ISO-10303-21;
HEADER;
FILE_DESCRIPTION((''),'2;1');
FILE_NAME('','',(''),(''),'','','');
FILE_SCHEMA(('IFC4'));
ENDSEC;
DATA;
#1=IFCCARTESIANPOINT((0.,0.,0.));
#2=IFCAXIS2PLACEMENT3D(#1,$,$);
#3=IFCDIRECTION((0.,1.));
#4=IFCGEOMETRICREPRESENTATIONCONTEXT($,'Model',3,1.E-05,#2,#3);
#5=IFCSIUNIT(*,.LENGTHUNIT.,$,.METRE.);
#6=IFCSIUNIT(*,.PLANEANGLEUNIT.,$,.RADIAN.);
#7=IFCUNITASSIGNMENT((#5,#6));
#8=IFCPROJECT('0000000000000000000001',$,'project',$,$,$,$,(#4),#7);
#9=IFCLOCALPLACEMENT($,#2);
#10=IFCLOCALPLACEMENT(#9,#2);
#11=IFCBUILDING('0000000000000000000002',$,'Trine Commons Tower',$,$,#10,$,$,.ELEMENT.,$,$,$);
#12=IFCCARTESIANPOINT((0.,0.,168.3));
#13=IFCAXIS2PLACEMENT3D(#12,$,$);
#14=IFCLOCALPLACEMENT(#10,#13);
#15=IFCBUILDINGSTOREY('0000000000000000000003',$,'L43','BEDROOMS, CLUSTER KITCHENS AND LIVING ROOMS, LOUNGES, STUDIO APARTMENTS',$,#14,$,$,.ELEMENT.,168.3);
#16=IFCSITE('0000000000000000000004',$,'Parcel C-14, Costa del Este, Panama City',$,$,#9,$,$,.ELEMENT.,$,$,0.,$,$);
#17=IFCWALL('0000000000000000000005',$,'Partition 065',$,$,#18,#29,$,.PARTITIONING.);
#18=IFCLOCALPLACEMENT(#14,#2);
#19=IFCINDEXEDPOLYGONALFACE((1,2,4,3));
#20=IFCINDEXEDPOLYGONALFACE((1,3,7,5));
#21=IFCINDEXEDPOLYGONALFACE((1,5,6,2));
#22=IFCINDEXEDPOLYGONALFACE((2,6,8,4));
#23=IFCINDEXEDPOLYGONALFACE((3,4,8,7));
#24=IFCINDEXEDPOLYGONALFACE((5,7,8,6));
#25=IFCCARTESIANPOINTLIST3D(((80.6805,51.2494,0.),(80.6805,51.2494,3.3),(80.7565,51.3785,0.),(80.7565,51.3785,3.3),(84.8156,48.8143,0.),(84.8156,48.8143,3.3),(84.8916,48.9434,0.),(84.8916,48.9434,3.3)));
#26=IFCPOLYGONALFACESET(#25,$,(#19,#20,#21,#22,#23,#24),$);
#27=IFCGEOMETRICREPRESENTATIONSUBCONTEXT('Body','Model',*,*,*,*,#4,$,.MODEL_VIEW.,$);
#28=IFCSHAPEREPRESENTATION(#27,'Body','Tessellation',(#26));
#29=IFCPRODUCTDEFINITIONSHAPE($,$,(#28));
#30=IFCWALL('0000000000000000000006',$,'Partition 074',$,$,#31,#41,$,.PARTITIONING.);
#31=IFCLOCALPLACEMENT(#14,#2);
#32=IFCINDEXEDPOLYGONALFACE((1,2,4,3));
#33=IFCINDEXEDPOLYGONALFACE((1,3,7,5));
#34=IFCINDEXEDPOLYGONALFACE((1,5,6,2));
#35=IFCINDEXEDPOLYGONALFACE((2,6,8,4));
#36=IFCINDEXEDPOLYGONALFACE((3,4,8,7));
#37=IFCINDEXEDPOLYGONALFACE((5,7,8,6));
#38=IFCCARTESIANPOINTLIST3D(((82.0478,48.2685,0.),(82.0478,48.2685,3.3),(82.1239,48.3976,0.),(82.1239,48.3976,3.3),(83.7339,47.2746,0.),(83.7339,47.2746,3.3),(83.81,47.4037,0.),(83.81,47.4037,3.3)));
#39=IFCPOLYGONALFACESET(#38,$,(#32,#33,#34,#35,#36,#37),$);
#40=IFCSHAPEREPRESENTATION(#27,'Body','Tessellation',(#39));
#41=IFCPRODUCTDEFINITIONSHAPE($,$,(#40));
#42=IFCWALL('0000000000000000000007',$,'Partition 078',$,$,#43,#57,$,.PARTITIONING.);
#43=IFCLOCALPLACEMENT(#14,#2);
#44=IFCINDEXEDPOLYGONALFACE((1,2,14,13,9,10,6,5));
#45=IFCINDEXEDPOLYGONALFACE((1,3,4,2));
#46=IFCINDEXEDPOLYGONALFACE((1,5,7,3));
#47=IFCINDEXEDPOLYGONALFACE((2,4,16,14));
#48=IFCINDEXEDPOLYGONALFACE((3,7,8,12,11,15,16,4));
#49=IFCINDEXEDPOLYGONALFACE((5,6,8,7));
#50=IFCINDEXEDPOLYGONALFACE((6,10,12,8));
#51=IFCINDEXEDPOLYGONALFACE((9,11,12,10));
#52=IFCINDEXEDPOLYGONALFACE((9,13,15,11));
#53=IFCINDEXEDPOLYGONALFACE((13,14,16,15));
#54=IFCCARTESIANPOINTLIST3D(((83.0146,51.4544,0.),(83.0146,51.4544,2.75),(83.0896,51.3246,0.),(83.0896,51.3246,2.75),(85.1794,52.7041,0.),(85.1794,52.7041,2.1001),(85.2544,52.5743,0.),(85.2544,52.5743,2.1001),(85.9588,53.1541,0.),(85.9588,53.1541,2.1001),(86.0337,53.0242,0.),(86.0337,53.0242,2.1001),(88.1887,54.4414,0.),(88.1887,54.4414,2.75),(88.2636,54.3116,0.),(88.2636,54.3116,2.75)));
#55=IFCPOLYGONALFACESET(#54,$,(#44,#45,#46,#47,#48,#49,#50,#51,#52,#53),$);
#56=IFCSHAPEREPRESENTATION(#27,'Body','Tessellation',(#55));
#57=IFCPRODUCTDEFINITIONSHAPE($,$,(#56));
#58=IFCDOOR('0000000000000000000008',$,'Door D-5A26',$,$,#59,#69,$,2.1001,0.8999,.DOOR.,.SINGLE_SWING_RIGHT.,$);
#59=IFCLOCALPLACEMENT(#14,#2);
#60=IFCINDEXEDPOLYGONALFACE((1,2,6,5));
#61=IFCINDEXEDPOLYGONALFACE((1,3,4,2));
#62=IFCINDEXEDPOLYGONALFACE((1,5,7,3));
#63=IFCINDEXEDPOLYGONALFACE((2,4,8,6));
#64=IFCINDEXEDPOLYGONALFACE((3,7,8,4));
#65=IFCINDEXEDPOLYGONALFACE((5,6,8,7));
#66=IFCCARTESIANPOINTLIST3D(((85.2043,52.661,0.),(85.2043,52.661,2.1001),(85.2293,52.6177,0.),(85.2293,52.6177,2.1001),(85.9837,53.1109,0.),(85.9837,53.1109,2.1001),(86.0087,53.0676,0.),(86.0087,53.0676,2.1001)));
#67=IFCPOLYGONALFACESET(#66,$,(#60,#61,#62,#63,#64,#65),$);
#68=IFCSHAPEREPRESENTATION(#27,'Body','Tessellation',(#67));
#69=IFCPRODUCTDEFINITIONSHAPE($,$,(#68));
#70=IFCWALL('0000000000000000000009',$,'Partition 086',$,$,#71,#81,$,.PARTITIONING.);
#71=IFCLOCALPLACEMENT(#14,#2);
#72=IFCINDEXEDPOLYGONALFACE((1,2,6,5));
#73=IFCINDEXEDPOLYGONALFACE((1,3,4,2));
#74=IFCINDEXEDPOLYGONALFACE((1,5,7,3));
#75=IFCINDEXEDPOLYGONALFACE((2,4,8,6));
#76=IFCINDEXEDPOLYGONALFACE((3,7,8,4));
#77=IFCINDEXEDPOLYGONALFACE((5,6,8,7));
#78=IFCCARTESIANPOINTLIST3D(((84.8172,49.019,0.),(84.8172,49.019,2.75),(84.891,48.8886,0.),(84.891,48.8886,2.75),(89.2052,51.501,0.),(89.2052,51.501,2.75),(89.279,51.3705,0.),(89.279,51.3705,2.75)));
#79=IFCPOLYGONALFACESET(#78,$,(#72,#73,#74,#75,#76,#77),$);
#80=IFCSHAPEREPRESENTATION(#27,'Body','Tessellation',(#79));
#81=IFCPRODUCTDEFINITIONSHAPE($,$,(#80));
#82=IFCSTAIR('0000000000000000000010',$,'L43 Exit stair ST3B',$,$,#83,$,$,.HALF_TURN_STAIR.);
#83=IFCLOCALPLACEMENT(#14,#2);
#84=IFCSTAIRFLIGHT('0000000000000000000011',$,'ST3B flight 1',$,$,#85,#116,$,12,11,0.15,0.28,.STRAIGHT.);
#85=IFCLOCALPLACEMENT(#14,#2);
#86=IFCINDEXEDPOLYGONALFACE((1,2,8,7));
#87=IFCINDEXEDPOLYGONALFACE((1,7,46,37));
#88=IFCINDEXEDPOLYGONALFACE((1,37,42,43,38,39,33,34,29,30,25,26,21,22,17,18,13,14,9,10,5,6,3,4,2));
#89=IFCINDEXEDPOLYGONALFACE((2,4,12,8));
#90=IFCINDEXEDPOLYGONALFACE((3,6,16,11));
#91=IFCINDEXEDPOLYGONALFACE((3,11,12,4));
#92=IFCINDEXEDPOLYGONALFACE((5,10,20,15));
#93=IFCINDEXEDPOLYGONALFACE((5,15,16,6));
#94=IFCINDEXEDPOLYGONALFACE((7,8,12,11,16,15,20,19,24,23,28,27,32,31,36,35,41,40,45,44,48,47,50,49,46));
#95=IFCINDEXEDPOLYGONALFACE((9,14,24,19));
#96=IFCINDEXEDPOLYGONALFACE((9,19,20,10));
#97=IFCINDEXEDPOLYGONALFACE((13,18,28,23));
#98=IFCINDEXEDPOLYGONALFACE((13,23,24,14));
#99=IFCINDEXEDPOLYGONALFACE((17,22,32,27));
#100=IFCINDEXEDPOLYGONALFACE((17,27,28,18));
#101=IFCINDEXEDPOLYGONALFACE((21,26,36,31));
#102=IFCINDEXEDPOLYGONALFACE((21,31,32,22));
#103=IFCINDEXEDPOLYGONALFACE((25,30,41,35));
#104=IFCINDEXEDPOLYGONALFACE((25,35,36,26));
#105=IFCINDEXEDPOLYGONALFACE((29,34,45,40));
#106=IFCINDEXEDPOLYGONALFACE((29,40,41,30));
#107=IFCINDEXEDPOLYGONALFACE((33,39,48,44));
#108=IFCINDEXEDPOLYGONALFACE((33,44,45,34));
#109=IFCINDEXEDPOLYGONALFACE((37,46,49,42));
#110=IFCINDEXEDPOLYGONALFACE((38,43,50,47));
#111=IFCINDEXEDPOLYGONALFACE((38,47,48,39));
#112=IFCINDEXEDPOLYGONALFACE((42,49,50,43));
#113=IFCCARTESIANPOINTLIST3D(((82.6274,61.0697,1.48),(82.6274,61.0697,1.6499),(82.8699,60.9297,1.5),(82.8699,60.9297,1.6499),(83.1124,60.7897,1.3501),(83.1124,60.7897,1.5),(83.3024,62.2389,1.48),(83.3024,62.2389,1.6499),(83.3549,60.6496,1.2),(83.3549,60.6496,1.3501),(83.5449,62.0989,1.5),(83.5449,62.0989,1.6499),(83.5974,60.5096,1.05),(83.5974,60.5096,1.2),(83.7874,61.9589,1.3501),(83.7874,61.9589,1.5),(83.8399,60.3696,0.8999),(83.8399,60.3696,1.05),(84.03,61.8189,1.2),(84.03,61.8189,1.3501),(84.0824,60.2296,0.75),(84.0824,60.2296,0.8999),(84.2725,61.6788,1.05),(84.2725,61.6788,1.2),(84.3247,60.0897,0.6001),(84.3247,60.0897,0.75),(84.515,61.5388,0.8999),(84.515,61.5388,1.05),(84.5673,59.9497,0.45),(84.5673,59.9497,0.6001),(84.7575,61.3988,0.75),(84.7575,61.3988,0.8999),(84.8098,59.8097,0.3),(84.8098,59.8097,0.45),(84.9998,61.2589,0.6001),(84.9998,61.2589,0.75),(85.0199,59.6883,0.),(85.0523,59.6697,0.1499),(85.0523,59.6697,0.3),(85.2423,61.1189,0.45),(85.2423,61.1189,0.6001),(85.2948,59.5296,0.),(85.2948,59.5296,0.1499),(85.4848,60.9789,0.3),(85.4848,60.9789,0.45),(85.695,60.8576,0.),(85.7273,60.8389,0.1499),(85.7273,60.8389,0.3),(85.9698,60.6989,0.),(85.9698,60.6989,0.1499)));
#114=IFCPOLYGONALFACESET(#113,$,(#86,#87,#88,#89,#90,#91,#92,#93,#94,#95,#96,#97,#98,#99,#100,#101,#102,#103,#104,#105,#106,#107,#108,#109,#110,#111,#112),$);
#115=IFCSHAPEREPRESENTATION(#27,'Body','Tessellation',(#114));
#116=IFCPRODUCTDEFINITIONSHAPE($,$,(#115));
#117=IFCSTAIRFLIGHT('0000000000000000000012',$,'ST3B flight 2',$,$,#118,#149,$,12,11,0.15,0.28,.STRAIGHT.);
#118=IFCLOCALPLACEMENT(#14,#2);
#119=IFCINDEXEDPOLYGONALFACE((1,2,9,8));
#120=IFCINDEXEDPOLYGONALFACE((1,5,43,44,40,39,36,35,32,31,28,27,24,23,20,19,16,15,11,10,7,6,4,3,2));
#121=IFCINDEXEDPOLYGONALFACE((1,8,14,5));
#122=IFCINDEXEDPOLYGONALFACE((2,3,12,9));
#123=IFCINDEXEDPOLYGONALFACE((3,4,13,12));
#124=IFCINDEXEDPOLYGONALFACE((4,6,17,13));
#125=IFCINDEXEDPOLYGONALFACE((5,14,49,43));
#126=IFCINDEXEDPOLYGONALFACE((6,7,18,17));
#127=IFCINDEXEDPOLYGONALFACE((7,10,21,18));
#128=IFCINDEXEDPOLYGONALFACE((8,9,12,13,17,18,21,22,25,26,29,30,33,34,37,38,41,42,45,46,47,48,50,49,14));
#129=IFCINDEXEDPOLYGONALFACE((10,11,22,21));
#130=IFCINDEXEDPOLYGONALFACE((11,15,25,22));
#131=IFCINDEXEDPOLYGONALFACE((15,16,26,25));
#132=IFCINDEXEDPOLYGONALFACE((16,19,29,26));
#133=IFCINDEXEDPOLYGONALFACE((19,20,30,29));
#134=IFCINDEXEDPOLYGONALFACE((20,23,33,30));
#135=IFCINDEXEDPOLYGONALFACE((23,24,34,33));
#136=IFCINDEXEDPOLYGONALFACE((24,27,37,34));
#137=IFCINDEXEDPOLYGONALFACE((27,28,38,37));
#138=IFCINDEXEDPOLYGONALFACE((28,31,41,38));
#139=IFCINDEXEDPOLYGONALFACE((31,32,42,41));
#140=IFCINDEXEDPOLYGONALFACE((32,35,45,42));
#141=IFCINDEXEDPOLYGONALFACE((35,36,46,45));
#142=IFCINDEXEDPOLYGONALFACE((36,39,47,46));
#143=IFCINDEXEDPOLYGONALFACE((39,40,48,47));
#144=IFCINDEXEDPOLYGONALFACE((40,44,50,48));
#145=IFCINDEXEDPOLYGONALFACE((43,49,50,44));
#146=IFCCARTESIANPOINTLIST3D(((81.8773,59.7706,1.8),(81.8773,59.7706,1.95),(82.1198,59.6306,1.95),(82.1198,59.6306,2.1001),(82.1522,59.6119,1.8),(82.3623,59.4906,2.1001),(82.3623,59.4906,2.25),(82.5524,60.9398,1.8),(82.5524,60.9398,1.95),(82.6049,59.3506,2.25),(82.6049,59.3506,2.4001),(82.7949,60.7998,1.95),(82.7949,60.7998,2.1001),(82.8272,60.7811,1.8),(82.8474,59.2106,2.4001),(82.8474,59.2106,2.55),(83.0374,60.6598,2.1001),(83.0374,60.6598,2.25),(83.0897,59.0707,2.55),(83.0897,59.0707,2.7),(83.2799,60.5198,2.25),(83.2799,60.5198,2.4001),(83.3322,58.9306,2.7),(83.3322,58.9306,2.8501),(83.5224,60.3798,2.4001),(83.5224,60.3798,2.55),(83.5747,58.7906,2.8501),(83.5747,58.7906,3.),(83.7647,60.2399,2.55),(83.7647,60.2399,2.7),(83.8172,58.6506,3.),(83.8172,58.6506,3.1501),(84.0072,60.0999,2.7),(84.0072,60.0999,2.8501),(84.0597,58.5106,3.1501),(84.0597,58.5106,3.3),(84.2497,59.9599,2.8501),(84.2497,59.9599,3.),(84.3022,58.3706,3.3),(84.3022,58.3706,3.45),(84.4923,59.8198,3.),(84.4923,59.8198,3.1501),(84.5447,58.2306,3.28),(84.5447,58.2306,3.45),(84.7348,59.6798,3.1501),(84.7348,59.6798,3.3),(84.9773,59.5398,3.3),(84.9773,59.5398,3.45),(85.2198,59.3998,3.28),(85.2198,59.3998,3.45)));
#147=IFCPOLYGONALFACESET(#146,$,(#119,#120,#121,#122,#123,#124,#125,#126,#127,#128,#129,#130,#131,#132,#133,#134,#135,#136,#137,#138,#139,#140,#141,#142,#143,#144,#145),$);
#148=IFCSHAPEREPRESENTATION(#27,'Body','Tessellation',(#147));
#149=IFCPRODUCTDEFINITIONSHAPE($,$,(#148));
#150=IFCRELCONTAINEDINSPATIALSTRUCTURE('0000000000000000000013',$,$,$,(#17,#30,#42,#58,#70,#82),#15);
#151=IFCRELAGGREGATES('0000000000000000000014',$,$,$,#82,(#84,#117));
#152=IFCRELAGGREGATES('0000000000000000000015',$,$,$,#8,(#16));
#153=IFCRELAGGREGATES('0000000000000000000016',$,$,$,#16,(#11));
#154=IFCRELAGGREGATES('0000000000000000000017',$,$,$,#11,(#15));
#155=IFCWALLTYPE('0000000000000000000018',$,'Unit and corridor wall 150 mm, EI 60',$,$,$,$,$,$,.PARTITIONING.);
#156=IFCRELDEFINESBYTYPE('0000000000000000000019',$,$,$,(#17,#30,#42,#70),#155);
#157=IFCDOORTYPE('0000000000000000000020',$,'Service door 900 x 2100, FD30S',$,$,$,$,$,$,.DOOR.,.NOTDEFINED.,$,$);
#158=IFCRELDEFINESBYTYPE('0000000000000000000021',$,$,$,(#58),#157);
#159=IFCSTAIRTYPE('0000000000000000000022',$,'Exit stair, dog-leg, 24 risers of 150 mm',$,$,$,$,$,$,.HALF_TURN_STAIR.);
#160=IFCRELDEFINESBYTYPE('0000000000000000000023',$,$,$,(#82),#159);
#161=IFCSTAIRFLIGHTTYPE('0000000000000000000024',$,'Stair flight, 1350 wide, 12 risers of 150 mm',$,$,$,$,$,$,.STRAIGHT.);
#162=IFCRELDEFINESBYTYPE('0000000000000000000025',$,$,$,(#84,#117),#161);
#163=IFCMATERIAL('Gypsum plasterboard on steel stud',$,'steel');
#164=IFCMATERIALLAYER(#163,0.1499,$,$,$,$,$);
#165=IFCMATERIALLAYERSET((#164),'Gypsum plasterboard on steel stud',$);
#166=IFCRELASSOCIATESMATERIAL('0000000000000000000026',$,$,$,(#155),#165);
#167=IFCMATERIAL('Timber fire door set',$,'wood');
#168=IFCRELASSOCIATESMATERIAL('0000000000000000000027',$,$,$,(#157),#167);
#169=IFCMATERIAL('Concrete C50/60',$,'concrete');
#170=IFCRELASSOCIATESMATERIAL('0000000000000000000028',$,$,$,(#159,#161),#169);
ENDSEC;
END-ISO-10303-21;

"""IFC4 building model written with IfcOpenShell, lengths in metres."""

from ifc_helpers import new_model, si_unit, direction, frame, frame_2d, origin, place, context, subcontext, project, spatial, polyline, rectangle, outline, extrude, material, layer, layer_set, type_object, element, fill, aggregate, save


model = new_model("IFC4")

# Units and contexts
model_context = context("Model", 3, precision=1e-05, world=origin(), true_north=direction((0.0, 1.0)))
body_context = subcontext(model_context, "Body", "Model", "MODEL_VIEW")
ifc_project = project(units=[si_unit("LENGTHUNIT", "METRE"), si_unit("PLANEANGLEUNIT", "RADIAN")], contexts=[model_context])

# Site, building, storey
site_placement = place(None, origin())
site = spatial("IfcSite", under=ifc_project, at=site_placement, Name="Parcel C-14, Costa del Este, Panama City", CompositionType="ELEMENT", RefElevation=0.0)
building_placement = place(site_placement, origin())
building = spatial("IfcBuilding", under=site, at=building_placement, Name="Trine Commons Tower", CompositionType="ELEMENT")
storey_placement = place(building_placement, frame((0.0, 0.0, 168.3)))
storey = spatial("IfcBuildingStorey", under=building, at=storey_placement, Name="L43", Description="BEDROOMS, CLUSTER KITCHENS AND LIVING ROOMS, LOUNGES, STUDIO APARTMENTS", CompositionType="ELEMENT", Elevation=168.3)

# Walls
ifc_material_1 = material(Name="Gypsum plasterboard on steel stud", Category="steel")
ifc_layer_1 = layer(ifc_material_1, 0.1499)
ifc_layer_set_1 = layer_set([ifc_layer_1], Name="Gypsum plasterboard on steel stud")
wall_type_1 = type_object("IfcWallType", Name="Unit and corridor wall 150 mm, EI 60", PredefinedType="PARTITIONING", material=ifc_layer_set_1)
wall_1_placement = place(storey_placement, frame((80.7185, 51.314, 0.0), z_axis=(0.0, 0.0, 1.0), x_axis=(0.861688, -0.507438, 0.0)))
element("IfcWall", 1, at=wall_1_placement, inside=storey, type_object=wall_type_1, Name="Partition 065", PredefinedType="PARTITIONING", context=body_context, shape_type="SweptSolid", body=[
    extrude(rectangle(XDim=4.7988, YDim=0.1499, at=frame_2d((2.3994, 0.0))), origin(), (0.0, 0.0, 1.0), 3.3),
])
wall_2_placement = place(storey_placement, frame((82.0859, 48.333, 0.0), z_axis=(0.0, 0.0, 1.0), x_axis=(0.861462, -0.507821, 0.0)))
element("IfcWall", 2, at=wall_2_placement, inside=storey, type_object=wall_type_1, Name="Partition 074", PredefinedType="PARTITIONING", context=body_context, shape_type="SweptSolid", body=[
    extrude(rectangle(XDim=1.9573, YDim=0.1499, at=frame_2d((0.9785, 0.0))), origin(), (0.0, 0.0, 1.0), 3.3),
])

# Wall, opening, door
wall_3_placement = place(storey_placement, frame((83.052, 51.3894, 0.0), z_axis=(0.0, 0.0, 1.0), x_axis=(0.866039, 0.499976, 0.0)))
wall_3 = element("IfcWall", 3, at=wall_3_placement, inside=storey, type_object=wall_type_1, Name="Partition 078", PredefinedType="PARTITIONING", context=body_context, shape_type="SweptSolid", body=[
    extrude(rectangle(XDim=5.9744, YDim=0.1499, at=frame_2d((2.9873, 0.0))), origin(), (0.0, 0.0, 1.0), 2.75),
])
opening_1_placement = place(wall_3_placement, frame((2.4998, 0.0, 0.0)))
opening_1 = element("IfcOpeningElement", 4, at=opening_1_placement, cuts=wall_3, PredefinedType="OPENING", context=body_context, shape_type="SweptSolid", body=[
    extrude(rectangle(XDim=0.8999, YDim=2.1001, at=frame_2d((0.45, 1.05))), frame((0.0, 0.085, 0.0), z_axis=(0.0, -1.0, 0.0), x_axis=(1.0, 0.0, 0.0)), (0.0, 0.0, 1.0), 0.1699),
])
ifc_material_2 = material(Name="Timber fire door set", Category="wood")
door_type_1 = type_object("IfcDoorType", Name="Service door 900 x 2100, FD30S", OperationType="NOTDEFINED", PredefinedType="DOOR", material=ifc_material_2)
door_1_placement = place(opening_1_placement, frame((0.8999, 0.0, 0.0), z_axis=(0.0, 0.0, 1.0), x_axis=(-1.0, 0.0, 0.0)))
door_1 = element("IfcDoor", 5, at=door_1_placement, inside=storey, type_object=door_type_1, Name="Door D-5A26", OperationType="SINGLE_SWING_RIGHT", OverallHeight=2.1001, OverallWidth=0.8999, PredefinedType="DOOR", context=body_context, shape_type="SweptSolid", body=[
    extrude(rectangle(XDim=0.8999, YDim=2.1001, at=frame_2d((0.45, 1.05))), frame((0.0, 0.0249, 0.0), z_axis=(0.0, -1.0, 0.0), x_axis=(1.0, 0.0, 0.0)), (0.0, 0.0, 1.0), 0.05),
])
fill(opening_1, door_1)

# Wall
wall_4_placement = place(storey_placement, frame((84.8542, 48.9539, 0.0), z_axis=(0.0, 0.0, 1.0), x_axis=(0.87041, 0.492327, 0.0)))
element("IfcWall", 6, at=wall_4_placement, inside=storey, type_object=wall_type_1, Name="Partition 086", PredefinedType="PARTITIONING", context=body_context, shape_type="SweptSolid", body=[
    extrude(rectangle(XDim=5.0413, YDim=0.1499, at=frame_2d((2.5205, 0.0))), origin(), (0.0, 0.0, 1.0), 2.75),
])

# Stair, stair flights
ifc_material_3 = material(Name="Concrete C50/60", Category="concrete")
stair_type = type_object("IfcStairType", Name="Exit stair, dog-leg, 24 risers of 150 mm", PredefinedType="HALF_TURN_STAIR", material=ifc_material_3)
stair_placement = place(storey_placement, origin())
stair = element("IfcStair", 7, at=stair_placement, inside=storey, type_object=stair_type, Name="L43 Exit stair ST3B", PredefinedType="HALF_TURN_STAIR")
stair_flight_type = type_object("IfcStairFlightType", Name="Stair flight, 1350 wide, 12 risers of 150 mm", PredefinedType="STRAIGHT", material=ifc_material_3)
stair_flight_1_placement = place(storey_placement, frame((85.6323, 60.1143, 0.0), z_axis=(0.0, 0.0, 1.0), x_axis=(-0.866025, 0.5, 0.0)))
stair_flight_1 = element("IfcStairFlight", 8, at=stair_flight_1_placement, type_object=stair_flight_type, Name="ST3B flight 1", NumberOfRisers=12, NumberOfTreads=11, PredefinedType="STRAIGHT", RiserHeight=0.15, TreadLength=0.28, context=body_context, shape_type="SweptSolid", body=[
    extrude(outline(polyline([(0.0, 0.0), (0.0, 0.1499), (0.28, 0.1499), (0.28, 0.3), (0.5601, 0.3), (0.5601, 0.45), (0.8401, 0.45), (0.8401, 0.6001), (1.1201, 0.6001), (1.1201, 0.75), (1.3999, 0.75), (1.3999, 0.8999), (1.6799, 0.8999), (1.6799, 1.05), (1.96, 1.05), (1.96, 1.2), (2.24, 1.2), (2.24, 1.3501), (2.52, 1.3501), (2.52, 1.5), (2.8, 1.5), (2.8, 1.6499), (3.0801, 1.6499), (3.0801, 1.8), (3.0801, 1.48), (0.3174, 0.0), (0.0, 0.0)])), frame((0.0, 0.675, 0.0), z_axis=(0.0, -1.0, 0.0), x_axis=(1.0, 0.0, 0.0)), (0.0, 0.0, 1.0), 1.3501),
])
stair_flight_2_placement = place(storey_placement, frame((82.2148, 60.3552, 1.8), z_axis=(0.0, 0.0, 1.0), x_axis=(0.866025, -0.5, 0.0)))
stair_flight_2 = element("IfcStairFlight", 9, at=stair_flight_2_placement, type_object=stair_flight_type, Name="ST3B flight 2", NumberOfRisers=12, NumberOfTreads=11, PredefinedType="STRAIGHT", RiserHeight=0.15, TreadLength=0.28, context=body_context, shape_type="SweptSolid", body=[
    extrude(outline(polyline([(0.0, 0.0), (0.0, 0.1499), (0.28, 0.1499), (0.28, 0.3), (0.5601, 0.3), (0.5601, 0.45), (0.8401, 0.45), (0.8401, 0.6001), (1.1201, 0.6001), (1.1201, 0.75), (1.3999, 0.75), (1.3999, 0.8999), (1.6799, 0.8999), (1.6799, 1.05), (1.96, 1.05), (1.96, 1.2), (2.24, 1.2), (2.24, 1.3501), (2.52, 1.3501), (2.52, 1.5), (2.8, 1.5), (2.8, 1.6499), (3.0801, 1.6499), (3.0801, 1.8), (3.0801, 1.48), (0.3174, 0.0), (0.0, 0.0)])), frame((0.0, 0.675, 0.0), z_axis=(0.0, -1.0, 0.0), x_axis=(1.0, 0.0, 0.0)), (0.0, 0.0, 1.0), 1.3501),
])
aggregate(stair, [stair_flight_1, stair_flight_2])

save(model, "model.ifc")
